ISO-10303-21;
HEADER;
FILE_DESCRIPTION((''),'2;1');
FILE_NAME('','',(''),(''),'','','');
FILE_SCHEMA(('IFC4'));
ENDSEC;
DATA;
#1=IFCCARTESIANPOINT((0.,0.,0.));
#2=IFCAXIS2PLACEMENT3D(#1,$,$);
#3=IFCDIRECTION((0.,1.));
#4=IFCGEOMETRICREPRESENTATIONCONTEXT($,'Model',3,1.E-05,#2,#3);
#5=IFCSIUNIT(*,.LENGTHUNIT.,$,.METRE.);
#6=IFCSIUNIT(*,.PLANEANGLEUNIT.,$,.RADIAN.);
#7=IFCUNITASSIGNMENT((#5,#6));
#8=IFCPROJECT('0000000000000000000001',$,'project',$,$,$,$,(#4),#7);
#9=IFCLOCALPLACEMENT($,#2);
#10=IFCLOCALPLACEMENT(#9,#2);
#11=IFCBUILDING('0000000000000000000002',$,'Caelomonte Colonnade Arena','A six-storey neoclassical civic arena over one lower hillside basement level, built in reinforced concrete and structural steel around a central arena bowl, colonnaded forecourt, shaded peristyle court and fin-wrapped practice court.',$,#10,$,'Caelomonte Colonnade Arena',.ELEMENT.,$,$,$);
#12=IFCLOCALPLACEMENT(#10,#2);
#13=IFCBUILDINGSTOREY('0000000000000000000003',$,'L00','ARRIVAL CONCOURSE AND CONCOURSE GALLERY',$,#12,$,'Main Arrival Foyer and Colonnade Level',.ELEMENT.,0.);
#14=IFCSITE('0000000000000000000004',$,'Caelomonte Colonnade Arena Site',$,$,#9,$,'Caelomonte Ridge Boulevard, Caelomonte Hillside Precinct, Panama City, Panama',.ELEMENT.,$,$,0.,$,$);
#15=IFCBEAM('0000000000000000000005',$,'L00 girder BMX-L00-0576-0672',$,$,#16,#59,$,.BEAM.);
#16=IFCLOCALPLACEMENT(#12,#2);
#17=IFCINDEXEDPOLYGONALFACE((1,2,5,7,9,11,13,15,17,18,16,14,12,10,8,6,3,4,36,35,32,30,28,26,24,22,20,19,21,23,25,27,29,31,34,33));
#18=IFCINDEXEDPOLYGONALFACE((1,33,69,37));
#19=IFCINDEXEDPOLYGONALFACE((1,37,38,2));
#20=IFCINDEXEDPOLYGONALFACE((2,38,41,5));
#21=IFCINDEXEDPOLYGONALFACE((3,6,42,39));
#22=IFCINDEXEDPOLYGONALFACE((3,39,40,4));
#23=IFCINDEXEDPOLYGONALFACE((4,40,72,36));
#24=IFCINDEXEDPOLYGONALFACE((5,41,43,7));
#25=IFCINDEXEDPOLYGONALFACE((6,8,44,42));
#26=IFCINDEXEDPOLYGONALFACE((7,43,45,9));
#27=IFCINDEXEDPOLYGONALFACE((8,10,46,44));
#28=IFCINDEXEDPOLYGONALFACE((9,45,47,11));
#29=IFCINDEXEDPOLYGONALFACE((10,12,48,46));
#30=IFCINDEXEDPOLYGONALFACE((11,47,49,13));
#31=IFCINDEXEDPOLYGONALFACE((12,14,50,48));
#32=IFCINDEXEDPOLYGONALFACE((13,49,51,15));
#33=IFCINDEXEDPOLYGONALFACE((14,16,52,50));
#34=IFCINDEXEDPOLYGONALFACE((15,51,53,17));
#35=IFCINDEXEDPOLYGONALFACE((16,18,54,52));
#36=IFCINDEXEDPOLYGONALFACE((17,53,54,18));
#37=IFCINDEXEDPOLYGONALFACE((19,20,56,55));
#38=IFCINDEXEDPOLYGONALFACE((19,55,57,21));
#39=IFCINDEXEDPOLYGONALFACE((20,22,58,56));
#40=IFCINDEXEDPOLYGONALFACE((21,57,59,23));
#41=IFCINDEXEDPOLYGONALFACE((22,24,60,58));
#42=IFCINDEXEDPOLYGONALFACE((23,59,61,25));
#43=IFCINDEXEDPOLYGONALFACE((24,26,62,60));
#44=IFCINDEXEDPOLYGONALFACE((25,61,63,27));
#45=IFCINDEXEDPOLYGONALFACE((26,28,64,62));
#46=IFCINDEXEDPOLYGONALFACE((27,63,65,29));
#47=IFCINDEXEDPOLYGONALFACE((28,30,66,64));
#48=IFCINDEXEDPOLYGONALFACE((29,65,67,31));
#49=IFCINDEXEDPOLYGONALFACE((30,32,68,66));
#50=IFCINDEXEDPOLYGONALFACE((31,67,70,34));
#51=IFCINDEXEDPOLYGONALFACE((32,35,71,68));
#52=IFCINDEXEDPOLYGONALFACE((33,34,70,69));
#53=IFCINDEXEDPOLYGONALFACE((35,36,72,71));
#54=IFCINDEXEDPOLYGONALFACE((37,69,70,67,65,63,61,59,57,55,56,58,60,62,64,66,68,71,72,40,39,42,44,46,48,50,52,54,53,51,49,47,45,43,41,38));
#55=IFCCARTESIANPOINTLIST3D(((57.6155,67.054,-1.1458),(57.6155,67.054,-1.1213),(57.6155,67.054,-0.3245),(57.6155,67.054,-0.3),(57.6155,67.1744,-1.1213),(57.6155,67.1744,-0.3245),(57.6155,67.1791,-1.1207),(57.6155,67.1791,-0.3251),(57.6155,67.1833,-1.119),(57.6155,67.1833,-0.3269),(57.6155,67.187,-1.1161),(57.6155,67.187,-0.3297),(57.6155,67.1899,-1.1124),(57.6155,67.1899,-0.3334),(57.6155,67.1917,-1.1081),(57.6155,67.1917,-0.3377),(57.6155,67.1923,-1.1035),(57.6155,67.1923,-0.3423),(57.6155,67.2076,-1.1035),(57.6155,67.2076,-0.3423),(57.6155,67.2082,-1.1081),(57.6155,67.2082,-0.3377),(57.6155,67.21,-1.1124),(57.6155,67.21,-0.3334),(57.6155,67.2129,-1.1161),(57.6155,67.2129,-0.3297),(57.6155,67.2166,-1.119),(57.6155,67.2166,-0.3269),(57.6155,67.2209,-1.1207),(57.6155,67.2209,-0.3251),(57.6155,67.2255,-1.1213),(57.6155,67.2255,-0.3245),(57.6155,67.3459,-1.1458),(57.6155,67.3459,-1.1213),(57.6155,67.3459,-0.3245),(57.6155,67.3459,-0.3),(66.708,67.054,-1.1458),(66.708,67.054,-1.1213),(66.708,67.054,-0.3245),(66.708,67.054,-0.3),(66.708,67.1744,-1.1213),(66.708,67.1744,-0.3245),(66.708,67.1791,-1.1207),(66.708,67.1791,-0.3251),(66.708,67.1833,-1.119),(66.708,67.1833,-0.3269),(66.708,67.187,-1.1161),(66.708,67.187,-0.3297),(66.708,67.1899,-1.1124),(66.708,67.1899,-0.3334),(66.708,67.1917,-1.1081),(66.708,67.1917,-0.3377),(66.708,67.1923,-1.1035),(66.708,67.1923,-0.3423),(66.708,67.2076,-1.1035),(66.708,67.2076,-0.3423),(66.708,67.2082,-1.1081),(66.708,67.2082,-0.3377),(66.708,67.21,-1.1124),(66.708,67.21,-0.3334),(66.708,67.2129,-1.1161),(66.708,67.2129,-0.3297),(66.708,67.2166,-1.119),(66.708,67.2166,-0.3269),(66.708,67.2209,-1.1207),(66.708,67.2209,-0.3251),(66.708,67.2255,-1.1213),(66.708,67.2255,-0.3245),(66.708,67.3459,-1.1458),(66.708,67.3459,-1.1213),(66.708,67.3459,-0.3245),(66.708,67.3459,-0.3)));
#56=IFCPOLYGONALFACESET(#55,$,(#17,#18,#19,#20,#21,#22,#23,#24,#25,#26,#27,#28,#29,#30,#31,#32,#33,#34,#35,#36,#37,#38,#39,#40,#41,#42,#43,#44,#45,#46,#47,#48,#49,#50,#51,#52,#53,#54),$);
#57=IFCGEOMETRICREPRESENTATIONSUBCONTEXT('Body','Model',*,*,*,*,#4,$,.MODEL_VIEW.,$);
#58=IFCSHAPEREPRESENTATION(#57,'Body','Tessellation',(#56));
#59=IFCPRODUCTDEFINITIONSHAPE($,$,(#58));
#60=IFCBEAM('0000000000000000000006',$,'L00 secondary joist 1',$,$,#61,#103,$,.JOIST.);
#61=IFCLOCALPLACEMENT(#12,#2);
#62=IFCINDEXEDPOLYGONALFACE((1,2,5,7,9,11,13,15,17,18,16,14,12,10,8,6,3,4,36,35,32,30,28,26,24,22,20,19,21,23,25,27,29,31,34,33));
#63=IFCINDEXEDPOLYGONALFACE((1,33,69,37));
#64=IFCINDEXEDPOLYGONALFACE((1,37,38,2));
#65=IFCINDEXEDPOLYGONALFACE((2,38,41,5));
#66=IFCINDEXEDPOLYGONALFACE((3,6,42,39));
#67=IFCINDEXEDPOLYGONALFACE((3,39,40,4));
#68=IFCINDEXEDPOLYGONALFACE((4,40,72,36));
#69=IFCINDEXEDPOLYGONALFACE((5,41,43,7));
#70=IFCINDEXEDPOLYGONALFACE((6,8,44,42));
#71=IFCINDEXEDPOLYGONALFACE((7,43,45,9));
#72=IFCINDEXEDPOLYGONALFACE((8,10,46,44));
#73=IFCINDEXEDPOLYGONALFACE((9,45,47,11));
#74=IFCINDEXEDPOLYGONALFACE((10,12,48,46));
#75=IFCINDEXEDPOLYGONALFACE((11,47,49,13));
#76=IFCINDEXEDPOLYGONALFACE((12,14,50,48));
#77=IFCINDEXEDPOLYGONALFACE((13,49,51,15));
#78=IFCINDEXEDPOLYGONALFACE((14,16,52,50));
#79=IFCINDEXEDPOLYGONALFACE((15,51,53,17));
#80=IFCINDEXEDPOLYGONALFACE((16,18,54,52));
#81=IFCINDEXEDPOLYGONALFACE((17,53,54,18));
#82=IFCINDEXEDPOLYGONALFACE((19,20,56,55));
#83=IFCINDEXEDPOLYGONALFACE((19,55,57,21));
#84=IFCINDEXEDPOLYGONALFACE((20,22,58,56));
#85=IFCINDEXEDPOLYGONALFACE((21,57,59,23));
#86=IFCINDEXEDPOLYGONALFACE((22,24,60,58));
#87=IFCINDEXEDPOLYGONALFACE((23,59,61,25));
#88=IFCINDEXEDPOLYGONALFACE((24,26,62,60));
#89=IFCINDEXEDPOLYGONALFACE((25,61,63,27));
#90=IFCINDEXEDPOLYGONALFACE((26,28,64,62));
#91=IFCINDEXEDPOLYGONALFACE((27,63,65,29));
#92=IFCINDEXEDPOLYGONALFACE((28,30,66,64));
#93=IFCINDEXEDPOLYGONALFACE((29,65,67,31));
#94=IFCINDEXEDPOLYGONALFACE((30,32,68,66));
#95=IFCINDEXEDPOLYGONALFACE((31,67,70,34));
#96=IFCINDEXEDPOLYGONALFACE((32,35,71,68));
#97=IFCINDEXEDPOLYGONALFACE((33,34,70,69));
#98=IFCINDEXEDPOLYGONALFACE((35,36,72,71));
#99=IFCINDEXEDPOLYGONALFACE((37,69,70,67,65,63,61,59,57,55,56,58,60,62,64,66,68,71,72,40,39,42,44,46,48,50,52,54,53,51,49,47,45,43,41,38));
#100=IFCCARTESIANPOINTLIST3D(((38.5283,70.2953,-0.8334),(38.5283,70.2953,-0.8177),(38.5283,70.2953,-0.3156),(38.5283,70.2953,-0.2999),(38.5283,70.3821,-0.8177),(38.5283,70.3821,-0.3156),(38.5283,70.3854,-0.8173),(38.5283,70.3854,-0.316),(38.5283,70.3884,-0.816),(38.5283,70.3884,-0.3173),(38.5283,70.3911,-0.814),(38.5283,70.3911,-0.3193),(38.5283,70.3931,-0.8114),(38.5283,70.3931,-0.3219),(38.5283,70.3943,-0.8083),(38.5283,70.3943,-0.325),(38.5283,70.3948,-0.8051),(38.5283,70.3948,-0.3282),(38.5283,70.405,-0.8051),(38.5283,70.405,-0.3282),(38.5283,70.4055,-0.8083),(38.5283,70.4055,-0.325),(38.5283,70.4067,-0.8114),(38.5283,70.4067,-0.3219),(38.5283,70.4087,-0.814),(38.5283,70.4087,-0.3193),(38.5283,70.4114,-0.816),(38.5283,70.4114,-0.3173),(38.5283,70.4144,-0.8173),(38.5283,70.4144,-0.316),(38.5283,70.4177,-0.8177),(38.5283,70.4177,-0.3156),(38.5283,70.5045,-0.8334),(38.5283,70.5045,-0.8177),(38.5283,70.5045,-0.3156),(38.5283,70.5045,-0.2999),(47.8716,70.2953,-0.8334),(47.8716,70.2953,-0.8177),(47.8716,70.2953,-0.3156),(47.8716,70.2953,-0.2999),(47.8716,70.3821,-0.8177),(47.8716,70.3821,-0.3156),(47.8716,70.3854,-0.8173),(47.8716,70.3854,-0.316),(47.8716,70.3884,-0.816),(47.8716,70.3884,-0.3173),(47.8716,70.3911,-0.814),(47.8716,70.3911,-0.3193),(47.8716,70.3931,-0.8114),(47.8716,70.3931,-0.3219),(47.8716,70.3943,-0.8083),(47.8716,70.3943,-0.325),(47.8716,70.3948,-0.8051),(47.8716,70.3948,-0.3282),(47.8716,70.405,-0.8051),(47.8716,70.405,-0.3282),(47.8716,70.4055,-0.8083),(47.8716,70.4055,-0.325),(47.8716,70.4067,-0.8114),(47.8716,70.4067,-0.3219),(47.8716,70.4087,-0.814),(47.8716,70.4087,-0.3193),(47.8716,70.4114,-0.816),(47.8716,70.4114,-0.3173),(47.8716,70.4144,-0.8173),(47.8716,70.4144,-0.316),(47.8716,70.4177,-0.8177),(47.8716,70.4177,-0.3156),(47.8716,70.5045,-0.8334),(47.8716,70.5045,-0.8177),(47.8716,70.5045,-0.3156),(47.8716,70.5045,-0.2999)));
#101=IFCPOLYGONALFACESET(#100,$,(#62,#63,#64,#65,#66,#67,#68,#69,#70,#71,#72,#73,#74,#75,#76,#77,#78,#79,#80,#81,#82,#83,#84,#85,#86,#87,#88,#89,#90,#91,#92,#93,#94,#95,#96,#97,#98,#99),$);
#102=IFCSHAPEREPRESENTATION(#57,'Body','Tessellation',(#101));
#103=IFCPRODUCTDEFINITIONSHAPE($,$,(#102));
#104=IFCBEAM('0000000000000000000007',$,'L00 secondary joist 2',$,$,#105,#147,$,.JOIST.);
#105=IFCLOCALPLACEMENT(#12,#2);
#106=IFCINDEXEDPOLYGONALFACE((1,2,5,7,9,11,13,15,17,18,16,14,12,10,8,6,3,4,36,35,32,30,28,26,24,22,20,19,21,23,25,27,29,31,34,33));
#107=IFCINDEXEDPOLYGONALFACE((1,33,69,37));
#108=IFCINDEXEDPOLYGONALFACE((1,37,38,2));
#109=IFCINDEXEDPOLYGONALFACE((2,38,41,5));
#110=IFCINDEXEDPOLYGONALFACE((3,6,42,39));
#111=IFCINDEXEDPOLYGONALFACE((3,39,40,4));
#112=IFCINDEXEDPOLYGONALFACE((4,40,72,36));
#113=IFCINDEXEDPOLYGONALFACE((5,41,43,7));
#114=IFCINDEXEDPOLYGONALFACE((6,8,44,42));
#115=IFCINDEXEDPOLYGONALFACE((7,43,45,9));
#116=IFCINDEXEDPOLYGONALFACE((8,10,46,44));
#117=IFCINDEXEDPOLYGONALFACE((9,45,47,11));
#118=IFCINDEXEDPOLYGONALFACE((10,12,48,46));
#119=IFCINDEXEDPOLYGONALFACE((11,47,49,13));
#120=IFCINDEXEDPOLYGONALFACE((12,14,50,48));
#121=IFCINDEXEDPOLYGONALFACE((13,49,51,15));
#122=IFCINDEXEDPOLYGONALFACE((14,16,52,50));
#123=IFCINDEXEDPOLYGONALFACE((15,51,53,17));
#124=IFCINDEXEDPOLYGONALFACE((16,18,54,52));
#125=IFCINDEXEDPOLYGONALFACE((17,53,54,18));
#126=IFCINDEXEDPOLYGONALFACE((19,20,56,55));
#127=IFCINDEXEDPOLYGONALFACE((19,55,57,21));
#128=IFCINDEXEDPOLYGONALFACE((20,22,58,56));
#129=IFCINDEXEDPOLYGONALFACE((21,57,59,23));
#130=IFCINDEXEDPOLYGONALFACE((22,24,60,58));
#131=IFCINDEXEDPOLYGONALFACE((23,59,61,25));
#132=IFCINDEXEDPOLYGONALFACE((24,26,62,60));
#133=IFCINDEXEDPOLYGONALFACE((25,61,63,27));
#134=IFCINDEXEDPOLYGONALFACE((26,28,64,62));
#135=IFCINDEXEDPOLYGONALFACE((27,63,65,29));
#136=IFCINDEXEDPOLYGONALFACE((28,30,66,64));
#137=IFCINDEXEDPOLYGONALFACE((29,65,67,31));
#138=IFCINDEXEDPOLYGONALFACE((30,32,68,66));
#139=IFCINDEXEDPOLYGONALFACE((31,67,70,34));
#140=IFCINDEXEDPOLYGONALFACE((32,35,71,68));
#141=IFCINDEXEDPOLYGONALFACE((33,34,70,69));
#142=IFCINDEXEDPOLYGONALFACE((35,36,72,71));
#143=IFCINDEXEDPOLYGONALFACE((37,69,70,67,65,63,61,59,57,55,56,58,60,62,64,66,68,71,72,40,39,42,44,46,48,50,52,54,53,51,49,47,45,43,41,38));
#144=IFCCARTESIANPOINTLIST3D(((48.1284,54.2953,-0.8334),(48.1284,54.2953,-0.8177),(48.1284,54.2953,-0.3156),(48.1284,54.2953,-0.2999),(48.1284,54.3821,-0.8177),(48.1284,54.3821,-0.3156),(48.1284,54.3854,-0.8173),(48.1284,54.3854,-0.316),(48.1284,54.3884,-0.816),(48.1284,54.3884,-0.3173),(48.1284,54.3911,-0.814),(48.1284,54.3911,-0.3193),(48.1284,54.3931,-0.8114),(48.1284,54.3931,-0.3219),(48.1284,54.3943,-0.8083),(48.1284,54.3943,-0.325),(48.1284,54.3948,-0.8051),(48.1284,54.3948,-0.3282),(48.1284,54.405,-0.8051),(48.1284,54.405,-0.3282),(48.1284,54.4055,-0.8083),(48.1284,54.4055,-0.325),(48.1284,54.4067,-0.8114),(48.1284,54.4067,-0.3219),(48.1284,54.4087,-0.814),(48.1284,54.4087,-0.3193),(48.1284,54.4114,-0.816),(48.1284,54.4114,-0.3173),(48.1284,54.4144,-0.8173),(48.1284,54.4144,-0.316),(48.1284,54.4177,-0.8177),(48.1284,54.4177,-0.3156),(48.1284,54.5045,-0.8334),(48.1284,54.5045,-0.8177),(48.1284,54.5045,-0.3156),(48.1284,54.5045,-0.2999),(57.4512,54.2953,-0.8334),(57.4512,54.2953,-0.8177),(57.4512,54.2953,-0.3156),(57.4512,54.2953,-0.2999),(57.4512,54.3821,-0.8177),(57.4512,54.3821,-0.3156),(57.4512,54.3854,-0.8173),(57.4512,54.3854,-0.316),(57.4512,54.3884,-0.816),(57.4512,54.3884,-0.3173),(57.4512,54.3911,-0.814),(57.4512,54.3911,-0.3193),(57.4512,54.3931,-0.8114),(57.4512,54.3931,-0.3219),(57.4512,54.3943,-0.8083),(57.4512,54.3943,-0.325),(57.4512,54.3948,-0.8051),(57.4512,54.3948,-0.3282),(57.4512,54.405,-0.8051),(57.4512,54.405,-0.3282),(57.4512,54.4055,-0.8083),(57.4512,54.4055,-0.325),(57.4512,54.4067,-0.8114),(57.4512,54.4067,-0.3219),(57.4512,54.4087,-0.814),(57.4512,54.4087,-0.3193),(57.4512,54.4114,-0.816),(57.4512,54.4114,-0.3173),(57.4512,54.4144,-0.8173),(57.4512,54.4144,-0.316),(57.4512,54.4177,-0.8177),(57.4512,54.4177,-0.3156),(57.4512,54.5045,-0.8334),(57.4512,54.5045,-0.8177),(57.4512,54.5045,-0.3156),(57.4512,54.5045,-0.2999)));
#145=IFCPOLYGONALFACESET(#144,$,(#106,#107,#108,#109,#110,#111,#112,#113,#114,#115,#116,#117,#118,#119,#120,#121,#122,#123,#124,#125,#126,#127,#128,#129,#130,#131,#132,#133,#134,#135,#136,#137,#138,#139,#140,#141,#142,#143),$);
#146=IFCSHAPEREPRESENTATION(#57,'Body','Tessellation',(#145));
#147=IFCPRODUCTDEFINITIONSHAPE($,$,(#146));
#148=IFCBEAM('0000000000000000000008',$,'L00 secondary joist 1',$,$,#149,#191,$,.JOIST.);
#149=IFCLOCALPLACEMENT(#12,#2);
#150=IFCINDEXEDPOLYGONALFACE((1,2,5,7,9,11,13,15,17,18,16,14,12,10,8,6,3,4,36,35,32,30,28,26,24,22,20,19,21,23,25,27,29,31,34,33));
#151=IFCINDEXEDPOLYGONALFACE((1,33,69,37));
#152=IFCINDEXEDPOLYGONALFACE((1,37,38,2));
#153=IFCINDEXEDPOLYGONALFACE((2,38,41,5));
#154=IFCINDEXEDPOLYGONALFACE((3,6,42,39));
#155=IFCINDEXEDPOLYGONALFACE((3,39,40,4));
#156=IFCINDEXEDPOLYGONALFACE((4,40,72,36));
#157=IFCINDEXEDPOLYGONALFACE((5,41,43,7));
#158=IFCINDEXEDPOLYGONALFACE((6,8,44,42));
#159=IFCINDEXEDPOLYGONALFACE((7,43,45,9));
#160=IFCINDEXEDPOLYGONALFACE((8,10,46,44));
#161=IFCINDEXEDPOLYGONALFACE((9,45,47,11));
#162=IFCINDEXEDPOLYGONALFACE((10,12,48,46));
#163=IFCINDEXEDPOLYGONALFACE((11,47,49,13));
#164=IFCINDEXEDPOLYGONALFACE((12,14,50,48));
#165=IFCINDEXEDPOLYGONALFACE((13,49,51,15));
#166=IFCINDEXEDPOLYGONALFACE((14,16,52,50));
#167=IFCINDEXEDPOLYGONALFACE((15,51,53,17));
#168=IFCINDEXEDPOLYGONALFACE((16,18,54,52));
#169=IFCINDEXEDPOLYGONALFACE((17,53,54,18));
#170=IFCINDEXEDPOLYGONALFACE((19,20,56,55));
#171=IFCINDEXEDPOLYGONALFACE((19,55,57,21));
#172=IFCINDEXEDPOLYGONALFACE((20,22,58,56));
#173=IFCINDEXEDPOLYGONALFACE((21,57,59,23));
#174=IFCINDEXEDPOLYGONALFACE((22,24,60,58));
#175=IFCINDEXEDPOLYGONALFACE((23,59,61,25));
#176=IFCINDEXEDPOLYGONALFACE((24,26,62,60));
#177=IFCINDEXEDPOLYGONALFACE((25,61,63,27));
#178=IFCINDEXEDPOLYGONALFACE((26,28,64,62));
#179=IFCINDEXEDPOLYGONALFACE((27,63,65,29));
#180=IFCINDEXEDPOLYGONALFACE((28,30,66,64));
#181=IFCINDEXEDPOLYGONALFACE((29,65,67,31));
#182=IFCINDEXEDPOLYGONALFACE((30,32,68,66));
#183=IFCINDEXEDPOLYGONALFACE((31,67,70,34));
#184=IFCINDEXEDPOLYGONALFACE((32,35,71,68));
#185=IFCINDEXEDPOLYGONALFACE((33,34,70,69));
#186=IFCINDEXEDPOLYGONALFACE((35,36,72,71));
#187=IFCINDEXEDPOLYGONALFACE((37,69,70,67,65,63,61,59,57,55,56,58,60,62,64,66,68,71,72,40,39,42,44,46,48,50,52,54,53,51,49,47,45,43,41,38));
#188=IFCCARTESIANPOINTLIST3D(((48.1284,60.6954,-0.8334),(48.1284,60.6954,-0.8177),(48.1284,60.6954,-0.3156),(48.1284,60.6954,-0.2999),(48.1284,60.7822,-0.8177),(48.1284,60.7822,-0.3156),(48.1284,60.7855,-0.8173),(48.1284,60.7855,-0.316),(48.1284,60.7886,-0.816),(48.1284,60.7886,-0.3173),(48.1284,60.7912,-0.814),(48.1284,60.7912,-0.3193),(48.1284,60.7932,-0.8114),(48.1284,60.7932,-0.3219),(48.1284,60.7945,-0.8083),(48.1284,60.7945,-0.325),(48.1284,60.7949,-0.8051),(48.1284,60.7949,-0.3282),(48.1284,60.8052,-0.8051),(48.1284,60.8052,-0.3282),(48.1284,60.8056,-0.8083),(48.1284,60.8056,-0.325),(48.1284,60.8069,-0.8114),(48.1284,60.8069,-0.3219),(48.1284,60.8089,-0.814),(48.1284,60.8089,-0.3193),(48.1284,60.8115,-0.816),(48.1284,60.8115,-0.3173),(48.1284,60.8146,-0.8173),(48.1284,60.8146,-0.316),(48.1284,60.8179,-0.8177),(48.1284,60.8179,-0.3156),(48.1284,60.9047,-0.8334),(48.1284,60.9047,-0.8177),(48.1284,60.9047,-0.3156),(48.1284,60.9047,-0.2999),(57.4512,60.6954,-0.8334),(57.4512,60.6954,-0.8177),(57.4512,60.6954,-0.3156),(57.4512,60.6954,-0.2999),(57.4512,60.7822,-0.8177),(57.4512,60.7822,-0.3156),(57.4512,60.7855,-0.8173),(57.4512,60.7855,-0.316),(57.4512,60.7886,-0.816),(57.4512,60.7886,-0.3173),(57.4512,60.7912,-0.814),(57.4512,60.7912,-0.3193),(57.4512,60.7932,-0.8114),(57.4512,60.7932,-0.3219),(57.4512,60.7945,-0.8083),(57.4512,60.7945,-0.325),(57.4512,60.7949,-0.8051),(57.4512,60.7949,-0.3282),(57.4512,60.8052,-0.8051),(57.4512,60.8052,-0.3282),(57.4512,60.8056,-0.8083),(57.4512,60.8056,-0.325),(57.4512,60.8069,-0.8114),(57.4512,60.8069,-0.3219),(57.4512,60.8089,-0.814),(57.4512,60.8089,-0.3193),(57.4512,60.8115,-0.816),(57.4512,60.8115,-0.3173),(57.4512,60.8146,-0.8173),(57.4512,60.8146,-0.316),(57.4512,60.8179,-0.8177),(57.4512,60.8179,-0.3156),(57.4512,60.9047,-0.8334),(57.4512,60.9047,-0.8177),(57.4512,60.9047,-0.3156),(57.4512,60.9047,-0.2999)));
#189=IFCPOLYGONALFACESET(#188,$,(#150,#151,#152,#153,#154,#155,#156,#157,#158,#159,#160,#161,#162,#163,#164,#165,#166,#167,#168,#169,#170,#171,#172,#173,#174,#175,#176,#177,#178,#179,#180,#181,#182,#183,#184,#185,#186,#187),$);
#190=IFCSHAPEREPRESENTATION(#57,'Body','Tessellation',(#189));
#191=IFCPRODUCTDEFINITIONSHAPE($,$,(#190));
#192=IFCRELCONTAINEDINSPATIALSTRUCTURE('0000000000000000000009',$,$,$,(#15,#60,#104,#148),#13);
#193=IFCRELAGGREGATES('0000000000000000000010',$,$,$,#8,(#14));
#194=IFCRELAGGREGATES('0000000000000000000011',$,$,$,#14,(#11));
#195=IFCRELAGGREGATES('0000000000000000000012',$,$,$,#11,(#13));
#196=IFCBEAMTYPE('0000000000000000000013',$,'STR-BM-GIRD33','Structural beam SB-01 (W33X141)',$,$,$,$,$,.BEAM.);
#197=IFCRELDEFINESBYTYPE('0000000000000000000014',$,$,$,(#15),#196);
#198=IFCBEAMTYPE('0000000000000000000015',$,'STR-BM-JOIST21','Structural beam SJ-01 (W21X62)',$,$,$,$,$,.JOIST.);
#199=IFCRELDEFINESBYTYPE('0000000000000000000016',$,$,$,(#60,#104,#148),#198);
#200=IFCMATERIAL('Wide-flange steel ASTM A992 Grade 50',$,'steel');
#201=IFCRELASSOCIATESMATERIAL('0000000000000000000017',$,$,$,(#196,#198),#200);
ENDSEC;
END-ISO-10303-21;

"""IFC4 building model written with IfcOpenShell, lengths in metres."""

from ifc_helpers import new_model, si_unit, direction, frame, origin, origin_2d, place, context, subcontext, project, spatial, i_section, extrude, material, material_profile, profile_set, type_object, element, save


model = new_model("IFC4")

# Units and contexts
model_context = context("Model", 3, precision=1e-05, world=origin(), true_north=direction((0.0, 1.0)))
body_context = subcontext(model_context, "Body", "Model", "MODEL_VIEW")
ifc_project = project(units=[si_unit("LENGTHUNIT", "METRE"), si_unit("PLANEANGLEUNIT", "RADIAN")], contexts=[model_context])

# Site, building, storey
site_placement = place(None, origin())
site = spatial("IfcSite", under=ifc_project, at=site_placement, Name="Caelomonte Colonnade Arena Site", LongName="Caelomonte Ridge Boulevard, Caelomonte Hillside Precinct, Panama City, Panama", CompositionType="ELEMENT", RefElevation=0.0)
building_placement = place(site_placement, origin())
building = spatial("IfcBuilding", under=site, at=building_placement, Name="Caelomonte Colonnade Arena", Description="A six-storey neoclassical civic arena over one lower hillside basement level, built in reinforced concrete and structural steel around a central arena bowl, colonnaded forecourt, shaded peristyle court and fin-wrapped practice court.", LongName="Caelomonte Colonnade Arena", CompositionType="ELEMENT")
storey_placement = place(building_placement, origin())
storey = spatial("IfcBuildingStorey", under=building, at=storey_placement, Name="L00", Description="ARRIVAL CONCOURSE AND CONCOURSE GALLERY", LongName="Main Arrival Foyer and Colonnade Level", CompositionType="ELEMENT", Elevation=0.0)

# Shared definitions
ifc_material_1 = material(Name="Wide-flange steel ASTM A992 Grade 50", Category="steel")

# Beams
ifc_material_profile_1 = material_profile(ifc_material_1, i_section(OverallWidth=0.292, OverallDepth=0.8457, WebThickness=0.0154, FlangeThickness=0.0244, FilletRadius=0.0178, at=origin_2d()), Name="W33X141")
ifc_profile_set_1 = profile_set([ifc_material_profile_1], Name="Wide-flange steel ASTM A992 Grade 50")
beam_type_1 = type_object("IfcBeamType", Name="STR-BM-GIRD33", Description="Structural beam SB-01 (W33X141)", PredefinedType="BEAM", material=ifc_profile_set_1)
for number, where, z_axis, x_axis, name in (
    (1, (57.6155, 67.2, -0.7229), (1.0, 0.0, 0.0), (0.0, 1.0, 0.0), "L00 girder BMX-L00-0576-0672"),
):
    element("IfcBeam", number, at=place(storey_placement, frame(where, z_axis=z_axis, x_axis=x_axis)), inside=storey, type_object=beam_type_1, Name=name, PredefinedType="BEAM", context=body_context, shape_type="SweptSolid", body=[
        extrude(i_section(OverallWidth=0.292, OverallDepth=0.8457, WebThickness=0.0154, FlangeThickness=0.0244, FilletRadius=0.0178, at=origin_2d()), origin(), (0.0, 0.0, 1.0), 9.0925),
    ])
ifc_material_profile_2 = material_profile(ifc_material_1, i_section(OverallWidth=0.2092, OverallDepth=0.5334, WebThickness=0.0103, FlangeThickness=0.0156, FilletRadius=0.0127, at=origin_2d()), Name="W21X62")
ifc_profile_set_2 = profile_set([ifc_material_profile_2], Name="Wide-flange steel ASTM A992 Grade 50")
beam_type_2 = type_object("IfcBeamType", Name="STR-BM-JOIST21", Description="Structural beam SJ-01 (W21X62)", PredefinedType="JOIST", material=ifc_profile_set_2)
beam_1_placement = place(storey_placement, frame((38.5283, 70.3999, -0.5667), z_axis=(1.0, 0.0, 0.0), x_axis=(0.0, 1.0, 0.0)))
element("IfcBeam", 2, at=beam_1_placement, inside=storey, type_object=beam_type_2, Name="L00 secondary joist 1", PredefinedType="JOIST", context=body_context, shape_type="SweptSolid", body=[
    extrude(i_section(OverallWidth=0.2092, OverallDepth=0.5334, WebThickness=0.0103, FlangeThickness=0.0156, FilletRadius=0.0127, at=origin_2d()), origin(), (0.0, 0.0, 1.0), 9.3433),
])
for number, where, z_axis, x_axis, name in (
    (3, (48.1284, 54.3999, -0.5667), (1.0, 0.0, 0.0), (0.0, 1.0, 0.0), "L00 secondary joist 2"),
    (4, (48.1284, 60.8, -0.5667), (1.0, 0.0, 0.0), (0.0, 1.0, 0.0), "L00 secondary joist 1"),
):
    element("IfcBeam", number, at=place(storey_placement, frame(where, z_axis=z_axis, x_axis=x_axis)), inside=storey, type_object=beam_type_2, Name=name, PredefinedType="JOIST", context=body_context, shape_type="SweptSolid", body=[
        extrude(i_section(OverallWidth=0.2092, OverallDepth=0.5334, WebThickness=0.0103, FlangeThickness=0.0156, FilletRadius=0.0127, at=origin_2d()), origin(), (0.0, 0.0, 1.0), 9.3228),
    ])

save(model, "model.ifc")
